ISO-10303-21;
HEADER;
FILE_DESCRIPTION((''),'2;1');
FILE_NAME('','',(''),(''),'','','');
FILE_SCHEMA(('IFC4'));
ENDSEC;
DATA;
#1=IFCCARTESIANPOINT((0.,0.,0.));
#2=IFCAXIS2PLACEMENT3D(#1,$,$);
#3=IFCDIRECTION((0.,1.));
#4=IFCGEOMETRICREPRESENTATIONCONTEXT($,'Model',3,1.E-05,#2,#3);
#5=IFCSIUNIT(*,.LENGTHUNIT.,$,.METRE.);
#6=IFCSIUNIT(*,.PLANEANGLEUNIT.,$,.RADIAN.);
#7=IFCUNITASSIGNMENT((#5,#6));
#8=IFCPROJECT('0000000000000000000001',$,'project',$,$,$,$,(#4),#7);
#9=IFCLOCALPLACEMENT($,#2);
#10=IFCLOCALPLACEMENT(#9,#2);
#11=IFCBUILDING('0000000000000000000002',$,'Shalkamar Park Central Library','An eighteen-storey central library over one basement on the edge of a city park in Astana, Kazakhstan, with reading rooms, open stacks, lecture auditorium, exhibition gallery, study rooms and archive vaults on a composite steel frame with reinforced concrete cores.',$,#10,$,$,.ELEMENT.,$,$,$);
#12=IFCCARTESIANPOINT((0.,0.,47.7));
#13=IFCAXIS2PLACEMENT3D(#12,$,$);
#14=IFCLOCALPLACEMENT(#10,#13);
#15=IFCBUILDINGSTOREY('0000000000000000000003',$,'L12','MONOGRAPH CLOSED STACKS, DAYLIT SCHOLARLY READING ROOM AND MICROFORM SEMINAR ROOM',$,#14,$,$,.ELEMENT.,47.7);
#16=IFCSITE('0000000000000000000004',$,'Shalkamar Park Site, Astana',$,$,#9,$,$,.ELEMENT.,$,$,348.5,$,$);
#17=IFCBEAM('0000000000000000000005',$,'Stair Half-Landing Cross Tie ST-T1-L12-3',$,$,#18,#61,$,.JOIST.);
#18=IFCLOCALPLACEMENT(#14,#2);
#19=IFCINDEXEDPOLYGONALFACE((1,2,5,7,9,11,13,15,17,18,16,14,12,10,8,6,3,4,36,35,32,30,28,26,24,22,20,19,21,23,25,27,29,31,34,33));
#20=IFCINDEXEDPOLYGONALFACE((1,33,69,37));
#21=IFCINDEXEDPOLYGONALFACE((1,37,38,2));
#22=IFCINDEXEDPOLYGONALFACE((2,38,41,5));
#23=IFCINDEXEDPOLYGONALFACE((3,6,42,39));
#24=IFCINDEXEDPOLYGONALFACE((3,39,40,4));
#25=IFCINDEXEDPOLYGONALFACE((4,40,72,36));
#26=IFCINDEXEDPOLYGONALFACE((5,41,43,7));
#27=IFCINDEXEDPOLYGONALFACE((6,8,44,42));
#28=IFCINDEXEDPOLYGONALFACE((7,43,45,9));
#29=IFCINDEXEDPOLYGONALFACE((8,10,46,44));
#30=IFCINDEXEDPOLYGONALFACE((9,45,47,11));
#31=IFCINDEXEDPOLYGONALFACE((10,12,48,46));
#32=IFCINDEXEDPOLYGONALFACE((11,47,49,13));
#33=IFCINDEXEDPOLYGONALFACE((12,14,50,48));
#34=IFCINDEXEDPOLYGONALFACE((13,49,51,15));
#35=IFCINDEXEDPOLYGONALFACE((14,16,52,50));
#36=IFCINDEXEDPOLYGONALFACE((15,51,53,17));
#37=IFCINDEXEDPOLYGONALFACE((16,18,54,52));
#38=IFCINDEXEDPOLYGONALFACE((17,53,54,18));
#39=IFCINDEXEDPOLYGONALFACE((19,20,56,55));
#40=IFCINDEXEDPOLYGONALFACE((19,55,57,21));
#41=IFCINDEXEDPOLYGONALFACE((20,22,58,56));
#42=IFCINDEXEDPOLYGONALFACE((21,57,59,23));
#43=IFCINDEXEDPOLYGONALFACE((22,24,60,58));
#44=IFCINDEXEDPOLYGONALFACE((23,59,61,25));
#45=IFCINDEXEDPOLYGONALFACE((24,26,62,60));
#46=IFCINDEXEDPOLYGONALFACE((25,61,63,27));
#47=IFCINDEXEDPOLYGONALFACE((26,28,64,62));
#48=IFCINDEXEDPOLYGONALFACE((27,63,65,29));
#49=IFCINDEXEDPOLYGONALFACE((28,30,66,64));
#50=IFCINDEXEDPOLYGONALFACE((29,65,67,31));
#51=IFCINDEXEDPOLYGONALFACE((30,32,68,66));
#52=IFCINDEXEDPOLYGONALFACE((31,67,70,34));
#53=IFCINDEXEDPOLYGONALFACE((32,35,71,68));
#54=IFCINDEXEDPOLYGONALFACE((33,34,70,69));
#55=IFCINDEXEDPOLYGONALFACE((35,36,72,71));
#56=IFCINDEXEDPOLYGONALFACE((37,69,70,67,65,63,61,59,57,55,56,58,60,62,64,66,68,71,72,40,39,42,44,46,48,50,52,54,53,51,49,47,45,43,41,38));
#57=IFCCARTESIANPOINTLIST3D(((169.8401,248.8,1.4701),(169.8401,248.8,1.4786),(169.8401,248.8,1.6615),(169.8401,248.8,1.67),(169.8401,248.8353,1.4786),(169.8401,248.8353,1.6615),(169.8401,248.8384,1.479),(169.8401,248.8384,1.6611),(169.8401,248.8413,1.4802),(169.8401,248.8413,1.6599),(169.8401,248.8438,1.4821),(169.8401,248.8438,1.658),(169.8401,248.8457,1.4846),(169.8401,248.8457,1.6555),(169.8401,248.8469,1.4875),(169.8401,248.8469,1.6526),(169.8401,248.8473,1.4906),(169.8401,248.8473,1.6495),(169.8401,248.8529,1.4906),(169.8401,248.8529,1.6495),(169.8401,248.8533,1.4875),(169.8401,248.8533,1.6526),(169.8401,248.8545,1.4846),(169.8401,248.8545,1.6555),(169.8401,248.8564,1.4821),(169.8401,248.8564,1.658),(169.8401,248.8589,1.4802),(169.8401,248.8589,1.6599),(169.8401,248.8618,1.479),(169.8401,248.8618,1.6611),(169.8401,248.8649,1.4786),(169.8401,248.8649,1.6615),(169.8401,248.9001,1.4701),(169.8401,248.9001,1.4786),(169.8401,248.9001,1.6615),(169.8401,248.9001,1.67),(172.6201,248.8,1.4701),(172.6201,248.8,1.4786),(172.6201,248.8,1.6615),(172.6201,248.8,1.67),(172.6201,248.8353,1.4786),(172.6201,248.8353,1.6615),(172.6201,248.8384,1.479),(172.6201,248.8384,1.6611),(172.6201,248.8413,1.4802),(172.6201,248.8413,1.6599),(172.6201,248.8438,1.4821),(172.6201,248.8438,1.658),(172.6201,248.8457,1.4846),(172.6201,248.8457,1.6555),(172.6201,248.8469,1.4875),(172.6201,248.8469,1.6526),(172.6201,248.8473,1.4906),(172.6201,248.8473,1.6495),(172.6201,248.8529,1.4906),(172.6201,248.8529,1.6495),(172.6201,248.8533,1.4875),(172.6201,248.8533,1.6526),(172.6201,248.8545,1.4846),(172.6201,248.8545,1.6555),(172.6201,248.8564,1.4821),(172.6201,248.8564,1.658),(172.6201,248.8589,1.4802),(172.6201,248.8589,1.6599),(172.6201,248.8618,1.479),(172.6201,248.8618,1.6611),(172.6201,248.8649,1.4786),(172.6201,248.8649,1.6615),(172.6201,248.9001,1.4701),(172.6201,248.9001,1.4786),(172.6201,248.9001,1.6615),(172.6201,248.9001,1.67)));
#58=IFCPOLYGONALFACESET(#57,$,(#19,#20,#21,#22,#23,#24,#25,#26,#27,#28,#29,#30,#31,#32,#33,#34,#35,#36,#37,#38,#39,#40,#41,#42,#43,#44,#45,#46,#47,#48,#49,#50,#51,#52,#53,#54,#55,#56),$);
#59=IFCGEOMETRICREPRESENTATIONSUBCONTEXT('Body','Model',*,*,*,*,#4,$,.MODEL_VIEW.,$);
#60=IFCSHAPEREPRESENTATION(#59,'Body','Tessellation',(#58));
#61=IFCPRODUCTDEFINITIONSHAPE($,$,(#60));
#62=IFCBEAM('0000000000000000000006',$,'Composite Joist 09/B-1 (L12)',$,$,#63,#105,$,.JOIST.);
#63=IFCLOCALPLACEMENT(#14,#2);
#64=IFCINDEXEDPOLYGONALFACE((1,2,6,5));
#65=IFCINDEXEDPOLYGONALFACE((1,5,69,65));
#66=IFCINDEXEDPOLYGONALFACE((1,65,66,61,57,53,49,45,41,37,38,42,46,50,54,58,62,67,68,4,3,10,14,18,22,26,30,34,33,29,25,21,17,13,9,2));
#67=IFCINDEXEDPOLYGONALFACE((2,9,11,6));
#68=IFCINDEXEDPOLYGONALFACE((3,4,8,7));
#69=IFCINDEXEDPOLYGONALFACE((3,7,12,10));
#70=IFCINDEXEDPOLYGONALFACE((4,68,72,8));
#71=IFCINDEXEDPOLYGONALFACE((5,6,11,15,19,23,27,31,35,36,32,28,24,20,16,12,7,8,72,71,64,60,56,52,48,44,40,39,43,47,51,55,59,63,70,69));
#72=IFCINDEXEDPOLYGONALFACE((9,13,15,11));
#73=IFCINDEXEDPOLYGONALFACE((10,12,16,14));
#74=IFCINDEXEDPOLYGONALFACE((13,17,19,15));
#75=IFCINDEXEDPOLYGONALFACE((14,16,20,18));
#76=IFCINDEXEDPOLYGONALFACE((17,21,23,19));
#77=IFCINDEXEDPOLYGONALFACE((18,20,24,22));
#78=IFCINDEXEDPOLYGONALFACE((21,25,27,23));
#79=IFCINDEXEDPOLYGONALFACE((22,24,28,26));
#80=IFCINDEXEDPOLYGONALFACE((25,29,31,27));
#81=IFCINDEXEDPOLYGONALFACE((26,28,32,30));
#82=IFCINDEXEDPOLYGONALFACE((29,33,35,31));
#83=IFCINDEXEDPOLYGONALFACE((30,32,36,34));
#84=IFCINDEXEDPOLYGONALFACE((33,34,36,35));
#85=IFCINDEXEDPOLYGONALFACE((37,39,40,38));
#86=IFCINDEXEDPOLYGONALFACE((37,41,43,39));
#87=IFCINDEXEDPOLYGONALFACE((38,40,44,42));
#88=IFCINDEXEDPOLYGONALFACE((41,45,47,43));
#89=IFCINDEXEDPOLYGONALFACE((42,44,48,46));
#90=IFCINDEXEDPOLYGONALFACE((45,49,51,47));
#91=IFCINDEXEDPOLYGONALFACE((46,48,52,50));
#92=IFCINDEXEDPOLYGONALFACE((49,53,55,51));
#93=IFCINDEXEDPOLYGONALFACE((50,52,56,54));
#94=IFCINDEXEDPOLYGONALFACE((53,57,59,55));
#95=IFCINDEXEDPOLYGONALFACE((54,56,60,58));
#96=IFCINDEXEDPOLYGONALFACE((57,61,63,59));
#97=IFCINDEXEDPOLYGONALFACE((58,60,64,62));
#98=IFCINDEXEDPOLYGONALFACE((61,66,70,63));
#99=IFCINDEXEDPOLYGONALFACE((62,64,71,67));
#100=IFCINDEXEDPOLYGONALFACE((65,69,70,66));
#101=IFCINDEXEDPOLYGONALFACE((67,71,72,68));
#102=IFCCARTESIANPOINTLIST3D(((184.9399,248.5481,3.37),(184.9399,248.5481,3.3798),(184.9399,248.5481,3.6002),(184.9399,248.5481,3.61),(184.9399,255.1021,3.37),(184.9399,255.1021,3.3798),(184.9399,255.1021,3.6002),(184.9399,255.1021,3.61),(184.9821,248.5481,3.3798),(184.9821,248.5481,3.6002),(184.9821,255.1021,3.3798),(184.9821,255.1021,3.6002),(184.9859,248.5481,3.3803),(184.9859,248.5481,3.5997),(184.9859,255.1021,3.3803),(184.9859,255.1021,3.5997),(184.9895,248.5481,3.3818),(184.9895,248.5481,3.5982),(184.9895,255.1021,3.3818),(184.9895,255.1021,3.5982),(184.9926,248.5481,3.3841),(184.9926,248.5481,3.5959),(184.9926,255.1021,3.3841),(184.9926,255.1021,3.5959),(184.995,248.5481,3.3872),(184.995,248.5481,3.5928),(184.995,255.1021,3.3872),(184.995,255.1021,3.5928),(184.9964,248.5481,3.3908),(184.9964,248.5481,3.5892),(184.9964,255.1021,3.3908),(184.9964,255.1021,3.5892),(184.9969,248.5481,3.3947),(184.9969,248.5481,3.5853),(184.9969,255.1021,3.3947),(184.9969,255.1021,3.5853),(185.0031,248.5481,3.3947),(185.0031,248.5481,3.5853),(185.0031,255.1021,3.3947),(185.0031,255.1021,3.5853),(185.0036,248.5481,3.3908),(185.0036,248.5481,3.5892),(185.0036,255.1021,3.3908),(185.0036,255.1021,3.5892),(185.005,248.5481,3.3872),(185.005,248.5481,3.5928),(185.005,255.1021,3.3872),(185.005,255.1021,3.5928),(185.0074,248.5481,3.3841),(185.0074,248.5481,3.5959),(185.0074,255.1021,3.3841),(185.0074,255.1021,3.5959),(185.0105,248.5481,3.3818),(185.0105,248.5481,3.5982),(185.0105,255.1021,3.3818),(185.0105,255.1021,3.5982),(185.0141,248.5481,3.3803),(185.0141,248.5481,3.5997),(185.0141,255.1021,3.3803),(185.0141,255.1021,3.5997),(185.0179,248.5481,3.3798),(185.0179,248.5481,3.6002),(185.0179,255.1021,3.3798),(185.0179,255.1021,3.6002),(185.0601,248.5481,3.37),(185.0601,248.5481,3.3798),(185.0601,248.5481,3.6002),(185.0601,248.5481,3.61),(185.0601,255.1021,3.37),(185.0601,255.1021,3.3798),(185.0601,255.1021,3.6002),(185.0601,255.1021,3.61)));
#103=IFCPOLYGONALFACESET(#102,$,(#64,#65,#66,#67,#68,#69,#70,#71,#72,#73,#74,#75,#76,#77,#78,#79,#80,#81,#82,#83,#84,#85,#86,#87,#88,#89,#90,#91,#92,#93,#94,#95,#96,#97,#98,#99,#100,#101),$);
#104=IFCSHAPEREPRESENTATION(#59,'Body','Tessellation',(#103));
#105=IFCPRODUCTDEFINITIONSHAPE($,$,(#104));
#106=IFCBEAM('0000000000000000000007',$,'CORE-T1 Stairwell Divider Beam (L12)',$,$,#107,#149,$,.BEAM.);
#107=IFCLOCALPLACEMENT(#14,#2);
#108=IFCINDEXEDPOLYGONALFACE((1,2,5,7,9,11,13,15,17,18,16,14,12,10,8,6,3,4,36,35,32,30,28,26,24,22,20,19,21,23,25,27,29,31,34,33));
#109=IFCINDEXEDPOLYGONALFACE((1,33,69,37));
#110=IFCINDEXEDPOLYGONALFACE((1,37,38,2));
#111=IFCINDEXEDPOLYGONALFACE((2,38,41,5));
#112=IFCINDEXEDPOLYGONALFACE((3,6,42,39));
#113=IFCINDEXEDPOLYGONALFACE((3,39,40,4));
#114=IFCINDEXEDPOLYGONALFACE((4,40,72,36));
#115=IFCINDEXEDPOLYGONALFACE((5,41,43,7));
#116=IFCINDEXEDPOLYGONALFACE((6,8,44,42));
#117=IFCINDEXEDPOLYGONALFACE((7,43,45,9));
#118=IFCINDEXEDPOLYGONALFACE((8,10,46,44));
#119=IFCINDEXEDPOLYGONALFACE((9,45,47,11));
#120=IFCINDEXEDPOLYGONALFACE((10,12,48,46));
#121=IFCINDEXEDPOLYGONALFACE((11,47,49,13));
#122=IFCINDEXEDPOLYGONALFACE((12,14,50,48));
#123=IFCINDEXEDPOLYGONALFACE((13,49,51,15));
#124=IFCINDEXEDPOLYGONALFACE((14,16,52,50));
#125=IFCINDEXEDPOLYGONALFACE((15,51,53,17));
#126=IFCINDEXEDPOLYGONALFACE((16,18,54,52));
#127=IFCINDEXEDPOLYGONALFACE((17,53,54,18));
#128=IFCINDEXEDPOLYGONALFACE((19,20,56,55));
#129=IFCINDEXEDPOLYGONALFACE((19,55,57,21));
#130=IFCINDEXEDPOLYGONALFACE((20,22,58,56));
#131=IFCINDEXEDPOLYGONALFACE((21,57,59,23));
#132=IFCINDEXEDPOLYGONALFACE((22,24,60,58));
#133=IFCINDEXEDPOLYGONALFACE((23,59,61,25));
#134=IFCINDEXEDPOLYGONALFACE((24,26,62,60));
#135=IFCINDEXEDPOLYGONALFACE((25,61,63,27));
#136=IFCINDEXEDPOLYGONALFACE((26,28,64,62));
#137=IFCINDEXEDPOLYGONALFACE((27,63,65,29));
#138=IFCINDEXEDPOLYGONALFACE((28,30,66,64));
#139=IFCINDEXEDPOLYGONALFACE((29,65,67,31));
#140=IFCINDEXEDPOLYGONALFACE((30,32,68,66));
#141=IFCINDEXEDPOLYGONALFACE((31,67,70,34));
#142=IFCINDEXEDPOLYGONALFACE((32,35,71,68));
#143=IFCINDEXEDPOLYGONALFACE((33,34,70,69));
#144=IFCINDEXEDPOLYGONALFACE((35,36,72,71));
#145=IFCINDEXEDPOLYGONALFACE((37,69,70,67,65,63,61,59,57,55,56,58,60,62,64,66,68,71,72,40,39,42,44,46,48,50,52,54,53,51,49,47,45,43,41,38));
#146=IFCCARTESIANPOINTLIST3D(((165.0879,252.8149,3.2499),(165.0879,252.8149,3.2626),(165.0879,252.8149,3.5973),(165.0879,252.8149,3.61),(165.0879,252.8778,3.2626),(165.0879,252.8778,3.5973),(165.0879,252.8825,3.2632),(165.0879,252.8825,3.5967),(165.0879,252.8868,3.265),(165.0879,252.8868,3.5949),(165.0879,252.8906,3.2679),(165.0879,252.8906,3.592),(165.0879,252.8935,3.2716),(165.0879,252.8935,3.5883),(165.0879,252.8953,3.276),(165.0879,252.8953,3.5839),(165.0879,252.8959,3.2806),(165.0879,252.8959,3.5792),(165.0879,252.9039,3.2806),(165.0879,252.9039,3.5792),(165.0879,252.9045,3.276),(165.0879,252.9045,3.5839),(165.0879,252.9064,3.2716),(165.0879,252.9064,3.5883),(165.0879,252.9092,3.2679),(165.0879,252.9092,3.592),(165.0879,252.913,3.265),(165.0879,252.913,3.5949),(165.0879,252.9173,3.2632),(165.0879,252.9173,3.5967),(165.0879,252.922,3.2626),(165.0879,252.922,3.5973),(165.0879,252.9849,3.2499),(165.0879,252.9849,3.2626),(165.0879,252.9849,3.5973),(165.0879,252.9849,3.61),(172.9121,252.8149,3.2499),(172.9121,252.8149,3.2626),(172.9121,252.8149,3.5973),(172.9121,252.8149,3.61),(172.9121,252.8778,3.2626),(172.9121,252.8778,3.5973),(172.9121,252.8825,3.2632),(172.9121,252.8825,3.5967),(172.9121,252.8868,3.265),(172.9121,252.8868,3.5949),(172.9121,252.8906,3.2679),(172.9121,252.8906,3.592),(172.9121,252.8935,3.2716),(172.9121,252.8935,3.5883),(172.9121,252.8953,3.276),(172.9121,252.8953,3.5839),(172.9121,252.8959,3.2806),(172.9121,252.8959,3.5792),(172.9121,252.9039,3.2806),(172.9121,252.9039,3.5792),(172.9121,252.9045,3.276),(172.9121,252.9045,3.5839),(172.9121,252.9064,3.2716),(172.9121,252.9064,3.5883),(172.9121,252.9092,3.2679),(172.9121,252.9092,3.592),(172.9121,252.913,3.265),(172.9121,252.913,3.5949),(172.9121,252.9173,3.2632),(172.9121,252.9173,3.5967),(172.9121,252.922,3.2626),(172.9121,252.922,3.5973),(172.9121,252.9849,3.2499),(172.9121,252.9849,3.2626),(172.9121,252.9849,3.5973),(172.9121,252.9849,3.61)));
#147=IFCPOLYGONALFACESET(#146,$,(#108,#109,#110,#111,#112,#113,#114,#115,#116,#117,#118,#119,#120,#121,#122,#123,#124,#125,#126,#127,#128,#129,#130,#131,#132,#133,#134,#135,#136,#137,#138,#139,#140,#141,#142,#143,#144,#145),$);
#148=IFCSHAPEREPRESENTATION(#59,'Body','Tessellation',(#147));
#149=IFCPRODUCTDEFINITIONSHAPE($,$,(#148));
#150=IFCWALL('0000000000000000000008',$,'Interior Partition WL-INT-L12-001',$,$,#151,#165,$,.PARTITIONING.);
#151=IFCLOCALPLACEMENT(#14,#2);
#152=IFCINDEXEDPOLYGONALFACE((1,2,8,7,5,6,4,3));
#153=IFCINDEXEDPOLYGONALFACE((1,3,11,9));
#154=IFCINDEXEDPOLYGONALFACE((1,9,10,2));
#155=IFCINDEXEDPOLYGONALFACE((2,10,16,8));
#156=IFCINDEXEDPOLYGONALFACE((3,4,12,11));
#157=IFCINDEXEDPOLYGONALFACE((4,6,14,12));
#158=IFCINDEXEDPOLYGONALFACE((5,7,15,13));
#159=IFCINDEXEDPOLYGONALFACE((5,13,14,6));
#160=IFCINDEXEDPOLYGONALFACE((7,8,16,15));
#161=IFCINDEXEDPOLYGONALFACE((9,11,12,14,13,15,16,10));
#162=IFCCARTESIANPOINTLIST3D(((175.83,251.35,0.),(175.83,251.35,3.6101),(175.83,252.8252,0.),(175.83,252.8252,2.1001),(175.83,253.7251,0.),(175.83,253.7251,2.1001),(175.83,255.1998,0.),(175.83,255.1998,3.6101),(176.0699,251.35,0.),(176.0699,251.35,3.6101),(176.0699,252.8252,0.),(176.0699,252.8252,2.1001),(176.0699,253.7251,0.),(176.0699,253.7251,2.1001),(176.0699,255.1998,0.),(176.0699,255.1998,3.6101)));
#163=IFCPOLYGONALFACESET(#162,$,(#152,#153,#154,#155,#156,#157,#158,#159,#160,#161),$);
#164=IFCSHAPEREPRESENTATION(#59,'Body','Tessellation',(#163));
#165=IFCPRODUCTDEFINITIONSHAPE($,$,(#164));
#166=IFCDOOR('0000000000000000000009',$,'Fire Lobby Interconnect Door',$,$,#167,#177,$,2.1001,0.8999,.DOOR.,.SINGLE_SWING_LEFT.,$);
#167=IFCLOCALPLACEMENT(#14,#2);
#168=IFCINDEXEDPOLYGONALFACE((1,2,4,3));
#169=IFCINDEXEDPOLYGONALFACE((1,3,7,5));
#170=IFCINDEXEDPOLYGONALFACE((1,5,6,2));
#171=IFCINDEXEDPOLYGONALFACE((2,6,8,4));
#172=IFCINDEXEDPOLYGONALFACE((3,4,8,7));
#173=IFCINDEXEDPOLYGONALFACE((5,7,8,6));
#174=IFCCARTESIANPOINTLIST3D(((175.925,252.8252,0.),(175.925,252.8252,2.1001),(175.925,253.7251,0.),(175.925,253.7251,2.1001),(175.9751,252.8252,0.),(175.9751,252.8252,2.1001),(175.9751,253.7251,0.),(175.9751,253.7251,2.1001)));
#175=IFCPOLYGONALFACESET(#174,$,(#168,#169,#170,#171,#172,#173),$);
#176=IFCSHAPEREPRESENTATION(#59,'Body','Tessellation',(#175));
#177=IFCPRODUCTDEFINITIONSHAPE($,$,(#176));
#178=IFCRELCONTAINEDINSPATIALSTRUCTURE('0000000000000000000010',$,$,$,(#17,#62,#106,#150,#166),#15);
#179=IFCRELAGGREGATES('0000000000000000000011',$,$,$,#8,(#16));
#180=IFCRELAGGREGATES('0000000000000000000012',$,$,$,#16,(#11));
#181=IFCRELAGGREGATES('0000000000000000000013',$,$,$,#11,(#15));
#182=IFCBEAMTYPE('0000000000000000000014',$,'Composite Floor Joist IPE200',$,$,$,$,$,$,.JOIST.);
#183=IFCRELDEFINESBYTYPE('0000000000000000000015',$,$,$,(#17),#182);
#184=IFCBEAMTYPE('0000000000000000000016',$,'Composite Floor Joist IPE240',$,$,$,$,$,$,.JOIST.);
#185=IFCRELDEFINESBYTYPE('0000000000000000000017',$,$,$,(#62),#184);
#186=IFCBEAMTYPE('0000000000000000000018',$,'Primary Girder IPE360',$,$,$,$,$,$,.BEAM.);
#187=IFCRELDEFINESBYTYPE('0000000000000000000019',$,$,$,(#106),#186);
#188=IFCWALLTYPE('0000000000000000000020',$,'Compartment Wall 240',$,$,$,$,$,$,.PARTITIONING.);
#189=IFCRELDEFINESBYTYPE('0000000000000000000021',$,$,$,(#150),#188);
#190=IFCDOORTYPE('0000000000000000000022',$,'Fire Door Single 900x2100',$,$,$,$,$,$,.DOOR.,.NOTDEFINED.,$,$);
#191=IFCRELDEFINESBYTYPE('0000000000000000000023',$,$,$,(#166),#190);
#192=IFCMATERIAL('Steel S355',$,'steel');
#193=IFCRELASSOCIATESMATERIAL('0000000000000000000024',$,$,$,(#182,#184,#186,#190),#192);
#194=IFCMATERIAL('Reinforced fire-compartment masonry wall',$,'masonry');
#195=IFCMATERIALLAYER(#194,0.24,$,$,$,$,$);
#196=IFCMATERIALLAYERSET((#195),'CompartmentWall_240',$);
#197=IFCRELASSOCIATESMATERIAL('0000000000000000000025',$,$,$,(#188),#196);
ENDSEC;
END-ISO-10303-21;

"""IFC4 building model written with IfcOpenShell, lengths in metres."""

from ifc_helpers import new_model, si_unit, direction, frame, frame_2d, origin, origin_2d, place, context, subcontext, project, spatial, rectangle, i_section, extrude, material, layer, layer_set, material_profile, profile_set, type_object, element, fill, save


model = new_model("IFC4")

# Units and contexts
model_context = context("Model", 3, precision=1e-05, world=origin(), true_north=direction((0.0, 1.0)))
body_context = subcontext(model_context, "Body", "Model", "MODEL_VIEW")
ifc_project = project(units=[si_unit("LENGTHUNIT", "METRE"), si_unit("PLANEANGLEUNIT", "RADIAN")], contexts=[model_context])

# Site, building, storey
site_placement = place(None, origin())
site = spatial("IfcSite", under=ifc_project, at=site_placement, Name="Shalkamar Park Site, Astana", CompositionType="ELEMENT", RefElevation=348.5)
building_placement = place(site_placement, origin())
building = spatial("IfcBuilding", under=site, at=building_placement, Name="Shalkamar Park Central Library", Description="An eighteen-storey central library over one basement on the edge of a city park in Astana, Kazakhstan, with reading rooms, open stacks, lecture auditorium, exhibition gallery, study rooms and archive vaults on a composite steel frame with reinforced concrete cores.", CompositionType="ELEMENT")
storey_placement = place(building_placement, frame((0.0, 0.0, 47.7)))
storey = spatial("IfcBuildingStorey", under=building, at=storey_placement, Name="L12", Description="MONOGRAPH CLOSED STACKS, DAYLIT SCHOLARLY READING ROOM AND MICROFORM SEMINAR ROOM", CompositionType="ELEMENT", Elevation=47.7)

# Beams
ifc_material_1 = material(Name="Steel S355", Category="steel")
ifc_material_profile_1 = material_profile(ifc_material_1, i_section(OverallWidth=0.1001, OverallDepth=0.2, WebThickness=0.0056, FlangeThickness=0.0085, FilletRadius=0.012, at=origin_2d()), Name="IPE 200")
ifc_profile_set_1 = profile_set([ifc_material_profile_1], Name="Steel S355")
beam_type_1 = type_object("IfcBeamType", Name="Composite Floor Joist IPE200", PredefinedType="JOIST", material=ifc_profile_set_1)
beam_1_placement = place(storey_placement, frame((169.8401, 248.8501, 1.5701), z_axis=(1.0, 0.0, 0.0), x_axis=(0.0, 1.0, 0.0)))
element("IfcBeam", 1, at=beam_1_placement, inside=storey, type_object=beam_type_1, Name="Stair Half-Landing Cross Tie ST-T1-L12-3", PredefinedType="JOIST", context=body_context, shape_type="SweptSolid", body=[
    extrude(i_section(OverallWidth=0.1001, OverallDepth=0.2, WebThickness=0.0056, FlangeThickness=0.0085, FilletRadius=0.012, at=origin_2d()), origin(), (0.0, 0.0, 1.0), 2.78),
])
ifc_material_profile_2 = material_profile(ifc_material_1, i_section(OverallWidth=0.1201, OverallDepth=0.24, WebThickness=0.0061, FlangeThickness=0.0098, FilletRadius=0.0149, at=origin_2d()), Name="IPE 240")
ifc_profile_set_2 = profile_set([ifc_material_profile_2], Name="Steel S355")
beam_type_2 = type_object("IfcBeamType", Name="Composite Floor Joist IPE240", PredefinedType="JOIST", material=ifc_profile_set_2)
beam_2_placement = place(storey_placement, frame((185.0, 248.5481, 3.49), z_axis=(0.0, 1.0, 0.0), x_axis=(-1.0, 0.0, 0.0)))
element("IfcBeam", 2, at=beam_2_placement, inside=storey, type_object=beam_type_2, Name="Composite Joist 09/B-1 (L12)", PredefinedType="JOIST", context=body_context, shape_type="SweptSolid", body=[
    extrude(i_section(OverallWidth=0.1201, OverallDepth=0.24, WebThickness=0.0061, FlangeThickness=0.0098, FilletRadius=0.0149, at=origin_2d()), origin(), (0.0, 0.0, 1.0), 6.554),
])
ifc_material_profile_3 = material_profile(ifc_material_1, i_section(OverallWidth=0.1699, OverallDepth=0.3601, WebThickness=0.0081, FlangeThickness=0.0127, FilletRadius=0.0181, at=origin_2d()), Name="IPE 360")
ifc_profile_set_3 = profile_set([ifc_material_profile_3], Name="Steel S355")
beam_type_3 = type_object("IfcBeamType", Name="Primary Girder IPE360", PredefinedType="BEAM", material=ifc_profile_set_3)
beam_3_placement = place(storey_placement, frame((165.0879, 252.8999, 3.4299), z_axis=(1.0, 0.0, 0.0), x_axis=(0.0, 1.0, 0.0)))
element("IfcBeam", 3, at=beam_3_placement, inside=storey, type_object=beam_type_3, Name="CORE-T1 Stairwell Divider Beam (L12)", PredefinedType="BEAM", context=body_context, shape_type="SweptSolid", body=[
    extrude(i_section(OverallWidth=0.1699, OverallDepth=0.3601, WebThickness=0.0081, FlangeThickness=0.0127, FilletRadius=0.0181, at=origin_2d()), origin(), (0.0, 0.0, 1.0), 7.8242),
])

# Wall, opening, door
ifc_material_2 = material(Name="Reinforced fire-compartment masonry wall", Category="masonry")
ifc_layer_1 = layer(ifc_material_2, 0.24)
ifc_layer_set_1 = layer_set([ifc_layer_1], Name="CompartmentWall_240")
wall_type_1 = type_object("IfcWallType", Name="Compartment Wall 240", PredefinedType="PARTITIONING", material=ifc_layer_set_1)
wall_1_placement = place(storey_placement, frame((175.95, 251.3501, 0.0), z_axis=(0.0, 0.0, 1.0), x_axis=(0.0, 1.0, 0.0)))
wall_1 = element("IfcWall", 4, at=wall_1_placement, inside=storey, type_object=wall_type_1, Name="Interior Partition WL-INT-L12-001", PredefinedType="PARTITIONING", context=body_context, shape_type="SweptSolid", body=[
    extrude(rectangle(XDim=3.8499, YDim=0.24, at=frame_2d((1.9248, 0.0))), origin(), (0.0, 0.0, 1.0), 3.6101),
])
opening_1_placement = place(wall_1_placement, frame((1.4751, 0.0, 0.0)))
opening_1 = element("IfcOpeningElement", 5, at=opening_1_placement, cuts=wall_1, PredefinedType="OPENING", context=body_context, shape_type="SweptSolid", body=[
    extrude(rectangle(XDim=0.8999, YDim=2.1001, at=frame_2d((0.45, 1.05))), frame((0.0, 0.1348, 0.0), z_axis=(0.0, -1.0, 0.0), x_axis=(1.0, 0.0, 0.0)), (0.0, 0.0, 1.0), 0.2698),
])
door_type_1 = type_object("IfcDoorType", Name="Fire Door Single 900x2100", OperationType="NOTDEFINED", PredefinedType="DOOR", material=ifc_material_1)
door_1_placement = place(opening_1_placement, origin())
door_1 = element("IfcDoor", 6, at=door_1_placement, inside=storey, type_object=door_type_1, Name="Fire Lobby Interconnect Door", OperationType="SINGLE_SWING_LEFT", OverallHeight=2.1001, OverallWidth=0.8999, PredefinedType="DOOR", context=body_context, shape_type="SweptSolid", body=[
    extrude(rectangle(XDim=0.8999, YDim=2.1001, at=frame_2d((0.45, 1.05))), frame((0.0, 0.0249, 0.0), z_axis=(0.0, -1.0, 0.0), x_axis=(1.0, 0.0, 0.0)), (0.0, 0.0, 1.0), 0.05),
])
fill(opening_1, door_1)

save(model, "model.ifc")
